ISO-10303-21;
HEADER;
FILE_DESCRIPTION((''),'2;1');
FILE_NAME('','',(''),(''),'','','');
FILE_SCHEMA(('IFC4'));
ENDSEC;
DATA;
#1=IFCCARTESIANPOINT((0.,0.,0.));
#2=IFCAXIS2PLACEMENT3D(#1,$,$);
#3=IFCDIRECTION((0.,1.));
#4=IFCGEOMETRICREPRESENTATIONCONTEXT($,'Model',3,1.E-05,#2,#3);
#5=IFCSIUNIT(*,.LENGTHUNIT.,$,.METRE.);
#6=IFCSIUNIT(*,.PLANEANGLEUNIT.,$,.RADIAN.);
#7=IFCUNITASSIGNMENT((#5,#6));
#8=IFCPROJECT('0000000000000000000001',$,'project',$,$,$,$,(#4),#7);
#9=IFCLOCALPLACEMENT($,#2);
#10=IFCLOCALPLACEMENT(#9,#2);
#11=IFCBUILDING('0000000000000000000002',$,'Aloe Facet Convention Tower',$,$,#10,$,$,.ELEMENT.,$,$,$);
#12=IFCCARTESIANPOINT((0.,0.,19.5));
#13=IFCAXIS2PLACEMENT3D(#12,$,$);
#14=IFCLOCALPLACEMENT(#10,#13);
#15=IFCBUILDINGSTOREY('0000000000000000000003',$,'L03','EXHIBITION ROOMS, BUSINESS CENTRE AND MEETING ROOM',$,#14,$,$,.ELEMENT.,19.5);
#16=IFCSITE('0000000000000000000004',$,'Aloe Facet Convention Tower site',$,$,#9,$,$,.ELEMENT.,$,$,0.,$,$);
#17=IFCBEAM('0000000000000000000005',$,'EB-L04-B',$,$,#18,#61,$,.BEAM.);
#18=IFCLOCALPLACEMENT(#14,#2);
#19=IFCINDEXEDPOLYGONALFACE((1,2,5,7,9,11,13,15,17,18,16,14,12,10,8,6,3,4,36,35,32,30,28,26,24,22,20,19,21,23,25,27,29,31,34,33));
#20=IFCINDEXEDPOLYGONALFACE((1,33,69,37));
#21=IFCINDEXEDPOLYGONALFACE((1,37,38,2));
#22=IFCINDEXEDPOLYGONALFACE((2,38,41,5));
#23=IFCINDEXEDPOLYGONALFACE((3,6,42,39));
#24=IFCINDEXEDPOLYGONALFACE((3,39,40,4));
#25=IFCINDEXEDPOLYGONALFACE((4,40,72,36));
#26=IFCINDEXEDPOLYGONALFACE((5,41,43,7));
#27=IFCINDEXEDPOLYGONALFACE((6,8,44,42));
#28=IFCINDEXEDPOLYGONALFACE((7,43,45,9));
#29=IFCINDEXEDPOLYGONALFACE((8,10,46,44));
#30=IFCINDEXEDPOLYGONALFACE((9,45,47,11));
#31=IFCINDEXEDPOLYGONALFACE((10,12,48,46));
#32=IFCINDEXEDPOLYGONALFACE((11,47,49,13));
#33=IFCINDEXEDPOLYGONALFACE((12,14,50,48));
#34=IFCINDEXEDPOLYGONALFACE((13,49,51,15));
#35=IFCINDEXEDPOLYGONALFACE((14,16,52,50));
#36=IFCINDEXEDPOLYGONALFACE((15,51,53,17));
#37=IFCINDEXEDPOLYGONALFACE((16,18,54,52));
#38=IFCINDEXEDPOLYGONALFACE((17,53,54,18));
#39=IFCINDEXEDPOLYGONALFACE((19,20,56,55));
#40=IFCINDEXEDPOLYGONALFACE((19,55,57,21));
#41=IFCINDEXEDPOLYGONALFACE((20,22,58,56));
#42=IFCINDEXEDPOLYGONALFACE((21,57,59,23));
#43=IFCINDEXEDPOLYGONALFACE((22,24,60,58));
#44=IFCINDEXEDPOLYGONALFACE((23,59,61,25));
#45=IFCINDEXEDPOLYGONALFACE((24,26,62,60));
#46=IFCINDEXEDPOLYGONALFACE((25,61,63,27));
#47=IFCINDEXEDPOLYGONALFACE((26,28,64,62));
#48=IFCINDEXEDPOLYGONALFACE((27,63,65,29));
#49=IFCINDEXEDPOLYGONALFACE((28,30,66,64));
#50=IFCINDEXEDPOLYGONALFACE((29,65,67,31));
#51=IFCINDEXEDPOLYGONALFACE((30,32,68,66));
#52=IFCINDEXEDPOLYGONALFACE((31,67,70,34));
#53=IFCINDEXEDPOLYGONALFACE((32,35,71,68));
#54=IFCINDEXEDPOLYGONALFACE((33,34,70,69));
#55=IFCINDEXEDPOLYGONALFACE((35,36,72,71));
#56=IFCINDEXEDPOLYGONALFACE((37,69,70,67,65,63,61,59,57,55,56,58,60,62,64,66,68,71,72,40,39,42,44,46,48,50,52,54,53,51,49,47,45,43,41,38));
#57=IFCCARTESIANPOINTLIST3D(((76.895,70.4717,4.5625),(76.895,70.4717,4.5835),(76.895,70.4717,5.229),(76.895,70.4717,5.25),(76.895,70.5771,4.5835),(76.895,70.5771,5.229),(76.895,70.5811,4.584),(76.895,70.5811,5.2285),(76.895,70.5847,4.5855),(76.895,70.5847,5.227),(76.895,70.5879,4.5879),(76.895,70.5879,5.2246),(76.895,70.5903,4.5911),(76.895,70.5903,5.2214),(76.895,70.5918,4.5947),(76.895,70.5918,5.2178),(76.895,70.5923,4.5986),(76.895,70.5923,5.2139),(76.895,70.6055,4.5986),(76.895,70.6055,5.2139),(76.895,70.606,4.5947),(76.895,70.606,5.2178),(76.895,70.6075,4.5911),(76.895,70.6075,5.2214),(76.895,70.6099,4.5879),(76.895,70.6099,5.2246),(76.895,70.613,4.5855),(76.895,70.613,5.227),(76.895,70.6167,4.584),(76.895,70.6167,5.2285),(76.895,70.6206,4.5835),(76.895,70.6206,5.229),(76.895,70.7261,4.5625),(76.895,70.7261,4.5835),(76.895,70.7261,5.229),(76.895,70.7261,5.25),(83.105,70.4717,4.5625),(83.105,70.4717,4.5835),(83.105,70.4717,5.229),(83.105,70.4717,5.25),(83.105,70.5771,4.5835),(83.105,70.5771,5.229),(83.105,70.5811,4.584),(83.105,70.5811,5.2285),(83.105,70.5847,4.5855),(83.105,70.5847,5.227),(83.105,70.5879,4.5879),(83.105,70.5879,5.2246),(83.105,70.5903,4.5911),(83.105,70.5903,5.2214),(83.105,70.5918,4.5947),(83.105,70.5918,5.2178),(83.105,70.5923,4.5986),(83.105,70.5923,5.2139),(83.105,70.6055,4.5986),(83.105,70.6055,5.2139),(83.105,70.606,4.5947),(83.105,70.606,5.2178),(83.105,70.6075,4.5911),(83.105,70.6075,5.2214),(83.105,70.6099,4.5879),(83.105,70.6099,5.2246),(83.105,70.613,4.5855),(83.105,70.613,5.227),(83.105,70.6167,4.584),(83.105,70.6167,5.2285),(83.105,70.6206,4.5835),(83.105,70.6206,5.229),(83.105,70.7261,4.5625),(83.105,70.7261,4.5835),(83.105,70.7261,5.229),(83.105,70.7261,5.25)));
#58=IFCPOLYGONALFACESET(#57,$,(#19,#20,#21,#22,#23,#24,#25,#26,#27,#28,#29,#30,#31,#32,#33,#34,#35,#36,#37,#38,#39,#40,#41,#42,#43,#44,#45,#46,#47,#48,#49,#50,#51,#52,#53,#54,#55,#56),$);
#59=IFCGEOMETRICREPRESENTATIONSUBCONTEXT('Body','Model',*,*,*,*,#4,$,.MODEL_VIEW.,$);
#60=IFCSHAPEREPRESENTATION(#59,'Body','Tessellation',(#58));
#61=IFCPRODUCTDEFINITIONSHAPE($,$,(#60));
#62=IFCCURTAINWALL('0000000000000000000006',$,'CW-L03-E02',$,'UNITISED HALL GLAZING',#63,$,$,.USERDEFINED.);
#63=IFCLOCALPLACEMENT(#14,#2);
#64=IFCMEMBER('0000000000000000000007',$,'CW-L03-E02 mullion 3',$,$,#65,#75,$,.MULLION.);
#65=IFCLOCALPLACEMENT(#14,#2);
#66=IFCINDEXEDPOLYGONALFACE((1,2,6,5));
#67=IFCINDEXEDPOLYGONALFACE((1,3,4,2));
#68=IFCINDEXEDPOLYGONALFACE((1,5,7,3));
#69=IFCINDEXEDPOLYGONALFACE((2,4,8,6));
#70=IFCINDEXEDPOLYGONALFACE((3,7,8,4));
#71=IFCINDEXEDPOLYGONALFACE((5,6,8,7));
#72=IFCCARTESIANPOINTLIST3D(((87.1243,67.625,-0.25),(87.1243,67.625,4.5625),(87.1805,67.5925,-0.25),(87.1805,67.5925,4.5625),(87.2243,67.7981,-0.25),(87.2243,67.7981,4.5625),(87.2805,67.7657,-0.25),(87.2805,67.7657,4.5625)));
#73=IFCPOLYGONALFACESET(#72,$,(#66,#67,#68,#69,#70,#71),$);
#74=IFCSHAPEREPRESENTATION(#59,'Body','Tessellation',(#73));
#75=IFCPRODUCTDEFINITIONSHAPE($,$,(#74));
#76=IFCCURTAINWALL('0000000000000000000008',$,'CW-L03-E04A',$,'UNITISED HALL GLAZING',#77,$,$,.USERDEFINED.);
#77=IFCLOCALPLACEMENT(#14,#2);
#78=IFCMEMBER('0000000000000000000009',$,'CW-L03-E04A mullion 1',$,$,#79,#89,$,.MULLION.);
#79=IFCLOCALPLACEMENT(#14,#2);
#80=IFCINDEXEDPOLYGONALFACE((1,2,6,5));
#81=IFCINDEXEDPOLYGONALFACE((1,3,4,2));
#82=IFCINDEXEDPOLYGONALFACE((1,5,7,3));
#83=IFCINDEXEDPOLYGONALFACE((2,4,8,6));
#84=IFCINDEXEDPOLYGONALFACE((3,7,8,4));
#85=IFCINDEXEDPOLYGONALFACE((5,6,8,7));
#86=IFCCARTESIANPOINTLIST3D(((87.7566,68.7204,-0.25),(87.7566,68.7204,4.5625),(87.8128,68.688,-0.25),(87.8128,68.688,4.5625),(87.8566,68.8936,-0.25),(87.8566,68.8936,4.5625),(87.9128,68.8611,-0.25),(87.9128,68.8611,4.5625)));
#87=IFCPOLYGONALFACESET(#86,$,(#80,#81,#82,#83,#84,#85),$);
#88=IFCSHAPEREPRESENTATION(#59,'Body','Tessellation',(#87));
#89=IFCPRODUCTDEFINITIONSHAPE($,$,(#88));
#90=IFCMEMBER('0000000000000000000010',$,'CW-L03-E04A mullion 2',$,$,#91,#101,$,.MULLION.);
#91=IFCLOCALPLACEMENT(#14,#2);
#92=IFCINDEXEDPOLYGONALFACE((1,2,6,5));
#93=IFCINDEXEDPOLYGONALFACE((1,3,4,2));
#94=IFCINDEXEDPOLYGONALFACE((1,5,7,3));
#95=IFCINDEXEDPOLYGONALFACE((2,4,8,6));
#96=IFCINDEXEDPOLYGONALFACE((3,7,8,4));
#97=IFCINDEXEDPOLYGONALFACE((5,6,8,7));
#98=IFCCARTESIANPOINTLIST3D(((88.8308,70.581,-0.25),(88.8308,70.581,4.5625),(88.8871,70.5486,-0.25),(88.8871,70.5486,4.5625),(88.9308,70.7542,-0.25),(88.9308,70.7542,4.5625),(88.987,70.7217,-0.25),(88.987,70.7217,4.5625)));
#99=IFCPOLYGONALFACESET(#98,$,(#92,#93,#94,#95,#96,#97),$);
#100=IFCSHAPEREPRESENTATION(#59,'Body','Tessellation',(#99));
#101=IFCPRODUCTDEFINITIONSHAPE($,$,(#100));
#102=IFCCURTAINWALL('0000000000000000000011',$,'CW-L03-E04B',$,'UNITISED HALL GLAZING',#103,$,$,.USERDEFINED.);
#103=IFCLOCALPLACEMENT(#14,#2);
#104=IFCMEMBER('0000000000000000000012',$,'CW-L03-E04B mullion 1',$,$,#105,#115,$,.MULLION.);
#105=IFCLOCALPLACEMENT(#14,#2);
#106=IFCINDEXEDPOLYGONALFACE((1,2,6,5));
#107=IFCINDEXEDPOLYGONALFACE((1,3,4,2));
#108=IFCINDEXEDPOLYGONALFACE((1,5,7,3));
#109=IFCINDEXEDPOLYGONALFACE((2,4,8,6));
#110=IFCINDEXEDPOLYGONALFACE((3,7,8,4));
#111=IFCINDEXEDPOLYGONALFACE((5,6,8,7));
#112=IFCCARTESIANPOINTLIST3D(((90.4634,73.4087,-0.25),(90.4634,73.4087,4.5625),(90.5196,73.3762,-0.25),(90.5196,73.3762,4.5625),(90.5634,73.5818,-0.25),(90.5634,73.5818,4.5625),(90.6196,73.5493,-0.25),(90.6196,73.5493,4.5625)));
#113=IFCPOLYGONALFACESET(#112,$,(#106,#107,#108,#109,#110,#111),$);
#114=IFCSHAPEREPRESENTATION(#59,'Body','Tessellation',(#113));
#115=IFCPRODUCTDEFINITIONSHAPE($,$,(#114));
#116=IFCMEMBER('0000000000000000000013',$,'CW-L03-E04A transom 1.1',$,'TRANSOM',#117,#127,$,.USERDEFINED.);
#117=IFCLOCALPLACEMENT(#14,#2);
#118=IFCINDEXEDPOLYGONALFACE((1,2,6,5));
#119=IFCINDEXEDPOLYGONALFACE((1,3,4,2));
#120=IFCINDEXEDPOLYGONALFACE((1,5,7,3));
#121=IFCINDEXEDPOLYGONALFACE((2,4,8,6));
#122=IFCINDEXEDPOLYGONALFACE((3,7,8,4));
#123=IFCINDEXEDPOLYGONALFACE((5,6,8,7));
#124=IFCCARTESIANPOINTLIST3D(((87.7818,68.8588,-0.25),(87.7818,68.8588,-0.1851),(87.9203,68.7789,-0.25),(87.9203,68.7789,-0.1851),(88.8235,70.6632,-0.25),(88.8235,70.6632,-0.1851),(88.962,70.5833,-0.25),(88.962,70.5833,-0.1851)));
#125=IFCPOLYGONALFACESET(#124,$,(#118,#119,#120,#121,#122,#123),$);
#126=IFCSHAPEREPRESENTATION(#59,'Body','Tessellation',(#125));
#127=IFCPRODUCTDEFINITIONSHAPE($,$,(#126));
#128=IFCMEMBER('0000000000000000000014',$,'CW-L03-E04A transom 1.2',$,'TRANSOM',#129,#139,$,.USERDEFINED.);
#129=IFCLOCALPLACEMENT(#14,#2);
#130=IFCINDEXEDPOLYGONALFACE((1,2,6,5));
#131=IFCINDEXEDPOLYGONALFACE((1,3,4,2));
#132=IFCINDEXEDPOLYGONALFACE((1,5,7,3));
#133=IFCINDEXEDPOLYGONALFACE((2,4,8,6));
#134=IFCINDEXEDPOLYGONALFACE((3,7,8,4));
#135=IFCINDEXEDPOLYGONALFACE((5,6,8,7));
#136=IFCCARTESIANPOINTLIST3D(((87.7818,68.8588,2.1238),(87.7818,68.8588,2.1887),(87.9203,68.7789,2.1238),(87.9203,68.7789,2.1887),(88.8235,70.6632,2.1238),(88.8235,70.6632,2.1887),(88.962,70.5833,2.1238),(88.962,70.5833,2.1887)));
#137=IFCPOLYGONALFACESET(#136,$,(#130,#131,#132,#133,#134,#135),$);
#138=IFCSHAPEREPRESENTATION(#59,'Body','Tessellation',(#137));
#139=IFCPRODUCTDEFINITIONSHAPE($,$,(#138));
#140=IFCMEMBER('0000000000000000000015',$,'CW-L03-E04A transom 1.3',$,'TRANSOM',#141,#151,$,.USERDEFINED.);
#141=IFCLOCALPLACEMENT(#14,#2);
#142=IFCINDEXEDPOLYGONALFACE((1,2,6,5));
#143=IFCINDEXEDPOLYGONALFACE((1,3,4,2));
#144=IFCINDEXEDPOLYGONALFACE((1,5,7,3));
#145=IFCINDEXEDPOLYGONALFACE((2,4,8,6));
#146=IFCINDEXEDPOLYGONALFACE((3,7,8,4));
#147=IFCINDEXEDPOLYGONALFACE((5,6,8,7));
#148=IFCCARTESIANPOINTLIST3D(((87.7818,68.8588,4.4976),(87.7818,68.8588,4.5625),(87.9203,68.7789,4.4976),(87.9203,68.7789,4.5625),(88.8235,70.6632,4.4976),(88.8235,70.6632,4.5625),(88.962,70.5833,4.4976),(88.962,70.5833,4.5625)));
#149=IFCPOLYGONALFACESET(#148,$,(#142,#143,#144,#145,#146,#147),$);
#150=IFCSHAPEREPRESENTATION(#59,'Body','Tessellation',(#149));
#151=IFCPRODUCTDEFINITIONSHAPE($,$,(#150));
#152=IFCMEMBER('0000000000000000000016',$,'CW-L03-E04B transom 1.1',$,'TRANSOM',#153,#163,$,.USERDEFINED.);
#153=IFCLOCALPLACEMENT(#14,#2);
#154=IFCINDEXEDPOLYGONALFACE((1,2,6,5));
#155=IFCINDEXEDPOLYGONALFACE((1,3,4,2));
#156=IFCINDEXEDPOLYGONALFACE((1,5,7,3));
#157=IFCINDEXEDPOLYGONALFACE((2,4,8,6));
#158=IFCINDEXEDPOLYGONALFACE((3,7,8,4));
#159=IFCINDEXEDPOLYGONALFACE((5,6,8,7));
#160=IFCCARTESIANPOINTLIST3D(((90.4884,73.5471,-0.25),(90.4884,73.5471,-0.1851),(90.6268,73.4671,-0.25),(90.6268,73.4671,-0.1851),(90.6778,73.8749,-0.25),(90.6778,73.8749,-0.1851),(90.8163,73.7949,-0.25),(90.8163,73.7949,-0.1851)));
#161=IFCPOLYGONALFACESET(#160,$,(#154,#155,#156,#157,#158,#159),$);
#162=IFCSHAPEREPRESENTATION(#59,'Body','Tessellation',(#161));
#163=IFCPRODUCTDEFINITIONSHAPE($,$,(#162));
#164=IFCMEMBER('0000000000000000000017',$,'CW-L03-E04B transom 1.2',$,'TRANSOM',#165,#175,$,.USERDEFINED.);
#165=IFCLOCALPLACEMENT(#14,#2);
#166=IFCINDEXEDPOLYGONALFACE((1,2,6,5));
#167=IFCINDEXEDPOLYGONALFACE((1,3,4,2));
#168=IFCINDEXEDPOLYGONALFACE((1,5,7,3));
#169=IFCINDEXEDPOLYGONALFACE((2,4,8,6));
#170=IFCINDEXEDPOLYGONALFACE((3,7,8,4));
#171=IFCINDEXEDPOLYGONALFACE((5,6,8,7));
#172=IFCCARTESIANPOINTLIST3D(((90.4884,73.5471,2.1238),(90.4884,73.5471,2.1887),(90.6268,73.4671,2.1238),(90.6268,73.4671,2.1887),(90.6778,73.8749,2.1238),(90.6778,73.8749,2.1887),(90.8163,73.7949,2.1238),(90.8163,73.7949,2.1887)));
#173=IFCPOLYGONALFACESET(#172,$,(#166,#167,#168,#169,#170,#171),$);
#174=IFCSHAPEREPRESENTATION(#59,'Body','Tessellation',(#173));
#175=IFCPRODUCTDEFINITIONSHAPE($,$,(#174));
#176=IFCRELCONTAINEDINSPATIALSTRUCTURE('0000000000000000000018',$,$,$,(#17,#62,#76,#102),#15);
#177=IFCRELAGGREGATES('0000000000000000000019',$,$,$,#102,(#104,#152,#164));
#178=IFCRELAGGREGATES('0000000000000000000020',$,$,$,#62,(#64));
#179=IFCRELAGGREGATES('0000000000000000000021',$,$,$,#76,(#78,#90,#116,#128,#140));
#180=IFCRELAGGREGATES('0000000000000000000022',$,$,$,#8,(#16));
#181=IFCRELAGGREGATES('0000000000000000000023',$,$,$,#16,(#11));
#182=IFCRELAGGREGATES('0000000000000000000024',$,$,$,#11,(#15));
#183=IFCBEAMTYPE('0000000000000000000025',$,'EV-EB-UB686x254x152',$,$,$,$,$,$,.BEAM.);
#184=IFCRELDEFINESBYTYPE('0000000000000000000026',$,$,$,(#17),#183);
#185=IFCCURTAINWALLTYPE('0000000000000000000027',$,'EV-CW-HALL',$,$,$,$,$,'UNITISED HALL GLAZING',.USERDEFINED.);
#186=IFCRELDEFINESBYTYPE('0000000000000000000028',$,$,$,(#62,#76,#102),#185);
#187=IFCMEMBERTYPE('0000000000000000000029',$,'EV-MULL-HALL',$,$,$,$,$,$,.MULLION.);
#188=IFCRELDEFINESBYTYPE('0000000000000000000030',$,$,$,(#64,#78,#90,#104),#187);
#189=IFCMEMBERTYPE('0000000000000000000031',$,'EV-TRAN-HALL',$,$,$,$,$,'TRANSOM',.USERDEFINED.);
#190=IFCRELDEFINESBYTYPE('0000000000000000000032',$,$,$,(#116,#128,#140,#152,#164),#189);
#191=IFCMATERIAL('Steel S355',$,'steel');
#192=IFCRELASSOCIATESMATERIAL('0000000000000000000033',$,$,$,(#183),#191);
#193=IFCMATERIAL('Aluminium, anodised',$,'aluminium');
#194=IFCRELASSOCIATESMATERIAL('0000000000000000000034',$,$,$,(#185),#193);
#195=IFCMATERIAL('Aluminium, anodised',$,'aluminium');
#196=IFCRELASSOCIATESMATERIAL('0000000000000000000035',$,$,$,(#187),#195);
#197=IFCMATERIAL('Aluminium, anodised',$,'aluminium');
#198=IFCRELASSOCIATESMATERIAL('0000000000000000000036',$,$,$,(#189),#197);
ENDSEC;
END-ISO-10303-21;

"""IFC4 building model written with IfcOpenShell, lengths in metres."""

from ifc_helpers import new_model, si_unit, direction, frame, origin, origin_2d, place, context, subcontext, project, spatial, rectangle, i_section, extrude, material, material_profile, profile_set, type_object, element, aggregate, save


model = new_model("IFC4")

# Units and contexts
model_context = context("Model", 3, precision=1e-05, world=origin(), true_north=direction((0.0, 1.0)))
body_context = subcontext(model_context, "Body", "Model", "MODEL_VIEW")
ifc_project = project(units=[si_unit("LENGTHUNIT", "METRE"), si_unit("PLANEANGLEUNIT", "RADIAN")], contexts=[model_context])

# Site, building, storey
site_placement = place(None, origin())
site = spatial("IfcSite", under=ifc_project, at=site_placement, Name="Aloe Facet Convention Tower site", CompositionType="ELEMENT", RefElevation=0.0)
building_placement = place(site_placement, origin())
building = spatial("IfcBuilding", under=site, at=building_placement, Name="Aloe Facet Convention Tower", CompositionType="ELEMENT")
storey_placement = place(building_placement, frame((0.0, 0.0, 19.5)))
storey = spatial("IfcBuildingStorey", under=building, at=storey_placement, Name="L03", Description="EXHIBITION ROOMS, BUSINESS CENTRE AND MEETING ROOM", CompositionType="ELEMENT", Elevation=19.5)

# Beam
ifc_material_1 = material(Name="Steel S355", Category="steel")
ifc_material_profile_1 = material_profile(ifc_material_1, i_section(OverallWidth=0.2544, OverallDepth=0.6875, WebThickness=0.0132, FlangeThickness=0.021, FilletRadius=0.0151, at=origin_2d()), Name="UB 686x254x152")
ifc_profile_set_1 = profile_set([ifc_material_profile_1], Name="Steel S355")
beam_type_1 = type_object("IfcBeamType", Name="EV-EB-UB686x254x152", PredefinedType="BEAM", material=ifc_profile_set_1)
beam_1_placement = place(storey_placement, frame((76.895, 70.5989, 4.9062), z_axis=(1.0, 0.0, 0.0), x_axis=(0.0, 1.0, 0.0)))
element("IfcBeam", 1, at=beam_1_placement, inside=storey, type_object=beam_type_1, Name="EB-L04-B", PredefinedType="BEAM", context=body_context, shape_type="SweptSolid", body=[
    extrude(i_section(OverallWidth=0.2544, OverallDepth=0.6875, WebThickness=0.0132, FlangeThickness=0.021, FilletRadius=0.0151, at=origin_2d()), origin(), (0.0, 0.0, 1.0), 6.21),
])

# Curtain wall, member
ifc_material_2 = material(Name="Aluminium, anodised", Category="aluminium")
curtain_wall_type = type_object("IfcCurtainWallType", Name="EV-CW-HALL", ElementType="UNITISED HALL GLAZING", PredefinedType="USERDEFINED", material=ifc_material_2)
curtain_wall_1_placement = place(storey_placement, origin())
curtain_wall_1 = element("IfcCurtainWall", 2, at=curtain_wall_1_placement, inside=storey, type_object=curtain_wall_type, Name="CW-L03-E02", ObjectType="UNITISED HALL GLAZING", PredefinedType="USERDEFINED")
ifc_material_3 = material(Name="Aluminium, anodised", Category="aluminium")
ifc_material_profile_2 = material_profile(ifc_material_3, rectangle(XDim=0.0649, YDim=0.2, at=origin_2d()), Name="AL 65x200")
ifc_profile_set_2 = profile_set([ifc_material_profile_2], Name="Aluminium, anodised")
member_type_1 = type_object("IfcMemberType", Name="EV-MULL-HALL", PredefinedType="MULLION", material=ifc_profile_set_2)
member_1_placement = place(storey_placement, frame((87.2024, 67.6953, -0.25), z_axis=(0.0, 0.0, 1.0), x_axis=(-0.866025, 0.5, 0.0)))
member_1 = element("IfcMember", 3, at=member_1_placement, type_object=member_type_1, Name="CW-L03-E02 mullion 3", PredefinedType="MULLION", context=body_context, shape_type="SweptSolid", body=[
    extrude(rectangle(XDim=0.0649, YDim=0.2, at=origin_2d()), origin(), (0.0, 0.0, 1.0), 4.8125),
])

# Curtain wall, members
curtain_wall_2_placement = place(storey_placement, origin())
curtain_wall_2 = element("IfcCurtainWall", 4, at=curtain_wall_2_placement, inside=storey, type_object=curtain_wall_type, Name="CW-L03-E04A", ObjectType="UNITISED HALL GLAZING", PredefinedType="USERDEFINED")
member_2_placement = place(storey_placement, frame((87.8347, 68.7908, -0.25), z_axis=(0.0, 0.0, 1.0), x_axis=(-0.866025, 0.5, 0.0)))
member_2 = element("IfcMember", 5, at=member_2_placement, type_object=member_type_1, Name="CW-L03-E04A mullion 1", PredefinedType="MULLION", context=body_context, shape_type="SweptSolid", body=[
    extrude(rectangle(XDim=0.0649, YDim=0.2, at=origin_2d()), origin(), (0.0, 0.0, 1.0), 4.8125),
])
member_3_placement = place(storey_placement, frame((88.9089, 70.6514, -0.25), z_axis=(0.0, 0.0, 1.0), x_axis=(-0.866025, 0.5, 0.0)))
member_3 = element("IfcMember", 6, at=member_3_placement, type_object=member_type_1, Name="CW-L03-E04A mullion 2", PredefinedType="MULLION", context=body_context, shape_type="SweptSolid", body=[
    extrude(rectangle(XDim=0.0649, YDim=0.2, at=origin_2d()), origin(), (0.0, 0.0, 1.0), 4.8125),
])

# Curtain wall, member
curtain_wall_3_placement = place(storey_placement, origin())
curtain_wall_3 = element("IfcCurtainWall", 7, at=curtain_wall_3_placement, inside=storey, type_object=curtain_wall_type, Name="CW-L03-E04B", ObjectType="UNITISED HALL GLAZING", PredefinedType="USERDEFINED")
member_4_placement = place(storey_placement, frame((90.5415, 73.479, -0.25), z_axis=(0.0, 0.0, 1.0), x_axis=(-0.866025, 0.5, 0.0)))
member_4 = element("IfcMember", 8, at=member_4_placement, type_object=member_type_1, Name="CW-L03-E04B mullion 1", PredefinedType="MULLION", context=body_context, shape_type="SweptSolid", body=[
    extrude(rectangle(XDim=0.0649, YDim=0.2, at=origin_2d()), origin(), (0.0, 0.0, 1.0), 4.8125),
])

# Members
ifc_material_4 = material(Name="Aluminium, anodised", Category="aluminium")
ifc_material_profile_3 = material_profile(ifc_material_4, rectangle(XDim=0.1599, YDim=0.0649, at=origin_2d()), Name="AL 160x65")
ifc_profile_set_3 = profile_set([ifc_material_profile_3], Name="Aluminium, anodised")
member_type_2 = type_object("IfcMemberType", Name="EV-TRAN-HALL", ElementType="TRANSOM", PredefinedType="USERDEFINED", material=ifc_profile_set_3)
member_5_placement = place(storey_placement, frame((87.8511, 68.8188, -0.2175), z_axis=(0.499983, 0.866035, 0.0), x_axis=(-0.866035, 0.499983, 0.0)))
member_5 = element("IfcMember", 9, at=member_5_placement, type_object=member_type_2, Name="CW-L03-E04A transom 1.1", ObjectType="TRANSOM", PredefinedType="USERDEFINED", context=body_context, shape_type="SweptSolid", body=[
    extrude(rectangle(XDim=0.1599, YDim=0.0649, at=origin_2d()), origin(), (0.0, 0.0, 1.0), 2.0835),
])
member_6_placement = place(storey_placement, frame((87.8511, 68.8188, 2.1562), z_axis=(0.499983, 0.866035, 0.0), x_axis=(-0.866035, 0.499983, 0.0)))
member_6 = element("IfcMember", 10, at=member_6_placement, type_object=member_type_2, Name="CW-L03-E04A transom 1.2", ObjectType="TRANSOM", PredefinedType="USERDEFINED", context=body_context, shape_type="SweptSolid", body=[
    extrude(rectangle(XDim=0.1599, YDim=0.0649, at=origin_2d()), origin(), (0.0, 0.0, 1.0), 2.0835),
])
member_7_placement = place(storey_placement, frame((87.8511, 68.8188, 4.53), z_axis=(0.499983, 0.866035, 0.0), x_axis=(-0.866035, 0.499983, 0.0)))
member_7 = element("IfcMember", 11, at=member_7_placement, type_object=member_type_2, Name="CW-L03-E04A transom 1.3", ObjectType="TRANSOM", PredefinedType="USERDEFINED", context=body_context, shape_type="SweptSolid", body=[
    extrude(rectangle(XDim=0.1599, YDim=0.0649, at=origin_2d()), origin(), (0.0, 0.0, 1.0), 2.0835),
])
member_8_placement = place(storey_placement, frame((90.5576, 73.5071, -0.2175), z_axis=(0.500299, 0.865853, 0.0), x_axis=(-0.865853, 0.500299, 0.0)))
member_8 = element("IfcMember", 12, at=member_8_placement, type_object=member_type_2, Name="CW-L03-E04B transom 1.1", ObjectType="TRANSOM", PredefinedType="USERDEFINED", context=body_context, shape_type="SweptSolid", body=[
    extrude(rectangle(XDim=0.1599, YDim=0.0649, at=origin_2d()), origin(), (0.0, 0.0, 1.0), 0.3787),
])
member_9_placement = place(storey_placement, frame((90.5576, 73.5071, 2.1562), z_axis=(0.500299, 0.865853, 0.0), x_axis=(-0.865853, 0.500299, 0.0)))
member_9 = element("IfcMember", 13, at=member_9_placement, type_object=member_type_2, Name="CW-L03-E04B transom 1.2", ObjectType="TRANSOM", PredefinedType="USERDEFINED", context=body_context, shape_type="SweptSolid", body=[
    extrude(rectangle(XDim=0.1599, YDim=0.0649, at=origin_2d()), origin(), (0.0, 0.0, 1.0), 0.3787),
])
aggregate(curtain_wall_3, [member_4, member_8, member_9])

aggregate(curtain_wall_1, [member_1])
aggregate(curtain_wall_2, [member_2, member_3, member_5, member_6, member_7])

save(model, "model.ifc")
